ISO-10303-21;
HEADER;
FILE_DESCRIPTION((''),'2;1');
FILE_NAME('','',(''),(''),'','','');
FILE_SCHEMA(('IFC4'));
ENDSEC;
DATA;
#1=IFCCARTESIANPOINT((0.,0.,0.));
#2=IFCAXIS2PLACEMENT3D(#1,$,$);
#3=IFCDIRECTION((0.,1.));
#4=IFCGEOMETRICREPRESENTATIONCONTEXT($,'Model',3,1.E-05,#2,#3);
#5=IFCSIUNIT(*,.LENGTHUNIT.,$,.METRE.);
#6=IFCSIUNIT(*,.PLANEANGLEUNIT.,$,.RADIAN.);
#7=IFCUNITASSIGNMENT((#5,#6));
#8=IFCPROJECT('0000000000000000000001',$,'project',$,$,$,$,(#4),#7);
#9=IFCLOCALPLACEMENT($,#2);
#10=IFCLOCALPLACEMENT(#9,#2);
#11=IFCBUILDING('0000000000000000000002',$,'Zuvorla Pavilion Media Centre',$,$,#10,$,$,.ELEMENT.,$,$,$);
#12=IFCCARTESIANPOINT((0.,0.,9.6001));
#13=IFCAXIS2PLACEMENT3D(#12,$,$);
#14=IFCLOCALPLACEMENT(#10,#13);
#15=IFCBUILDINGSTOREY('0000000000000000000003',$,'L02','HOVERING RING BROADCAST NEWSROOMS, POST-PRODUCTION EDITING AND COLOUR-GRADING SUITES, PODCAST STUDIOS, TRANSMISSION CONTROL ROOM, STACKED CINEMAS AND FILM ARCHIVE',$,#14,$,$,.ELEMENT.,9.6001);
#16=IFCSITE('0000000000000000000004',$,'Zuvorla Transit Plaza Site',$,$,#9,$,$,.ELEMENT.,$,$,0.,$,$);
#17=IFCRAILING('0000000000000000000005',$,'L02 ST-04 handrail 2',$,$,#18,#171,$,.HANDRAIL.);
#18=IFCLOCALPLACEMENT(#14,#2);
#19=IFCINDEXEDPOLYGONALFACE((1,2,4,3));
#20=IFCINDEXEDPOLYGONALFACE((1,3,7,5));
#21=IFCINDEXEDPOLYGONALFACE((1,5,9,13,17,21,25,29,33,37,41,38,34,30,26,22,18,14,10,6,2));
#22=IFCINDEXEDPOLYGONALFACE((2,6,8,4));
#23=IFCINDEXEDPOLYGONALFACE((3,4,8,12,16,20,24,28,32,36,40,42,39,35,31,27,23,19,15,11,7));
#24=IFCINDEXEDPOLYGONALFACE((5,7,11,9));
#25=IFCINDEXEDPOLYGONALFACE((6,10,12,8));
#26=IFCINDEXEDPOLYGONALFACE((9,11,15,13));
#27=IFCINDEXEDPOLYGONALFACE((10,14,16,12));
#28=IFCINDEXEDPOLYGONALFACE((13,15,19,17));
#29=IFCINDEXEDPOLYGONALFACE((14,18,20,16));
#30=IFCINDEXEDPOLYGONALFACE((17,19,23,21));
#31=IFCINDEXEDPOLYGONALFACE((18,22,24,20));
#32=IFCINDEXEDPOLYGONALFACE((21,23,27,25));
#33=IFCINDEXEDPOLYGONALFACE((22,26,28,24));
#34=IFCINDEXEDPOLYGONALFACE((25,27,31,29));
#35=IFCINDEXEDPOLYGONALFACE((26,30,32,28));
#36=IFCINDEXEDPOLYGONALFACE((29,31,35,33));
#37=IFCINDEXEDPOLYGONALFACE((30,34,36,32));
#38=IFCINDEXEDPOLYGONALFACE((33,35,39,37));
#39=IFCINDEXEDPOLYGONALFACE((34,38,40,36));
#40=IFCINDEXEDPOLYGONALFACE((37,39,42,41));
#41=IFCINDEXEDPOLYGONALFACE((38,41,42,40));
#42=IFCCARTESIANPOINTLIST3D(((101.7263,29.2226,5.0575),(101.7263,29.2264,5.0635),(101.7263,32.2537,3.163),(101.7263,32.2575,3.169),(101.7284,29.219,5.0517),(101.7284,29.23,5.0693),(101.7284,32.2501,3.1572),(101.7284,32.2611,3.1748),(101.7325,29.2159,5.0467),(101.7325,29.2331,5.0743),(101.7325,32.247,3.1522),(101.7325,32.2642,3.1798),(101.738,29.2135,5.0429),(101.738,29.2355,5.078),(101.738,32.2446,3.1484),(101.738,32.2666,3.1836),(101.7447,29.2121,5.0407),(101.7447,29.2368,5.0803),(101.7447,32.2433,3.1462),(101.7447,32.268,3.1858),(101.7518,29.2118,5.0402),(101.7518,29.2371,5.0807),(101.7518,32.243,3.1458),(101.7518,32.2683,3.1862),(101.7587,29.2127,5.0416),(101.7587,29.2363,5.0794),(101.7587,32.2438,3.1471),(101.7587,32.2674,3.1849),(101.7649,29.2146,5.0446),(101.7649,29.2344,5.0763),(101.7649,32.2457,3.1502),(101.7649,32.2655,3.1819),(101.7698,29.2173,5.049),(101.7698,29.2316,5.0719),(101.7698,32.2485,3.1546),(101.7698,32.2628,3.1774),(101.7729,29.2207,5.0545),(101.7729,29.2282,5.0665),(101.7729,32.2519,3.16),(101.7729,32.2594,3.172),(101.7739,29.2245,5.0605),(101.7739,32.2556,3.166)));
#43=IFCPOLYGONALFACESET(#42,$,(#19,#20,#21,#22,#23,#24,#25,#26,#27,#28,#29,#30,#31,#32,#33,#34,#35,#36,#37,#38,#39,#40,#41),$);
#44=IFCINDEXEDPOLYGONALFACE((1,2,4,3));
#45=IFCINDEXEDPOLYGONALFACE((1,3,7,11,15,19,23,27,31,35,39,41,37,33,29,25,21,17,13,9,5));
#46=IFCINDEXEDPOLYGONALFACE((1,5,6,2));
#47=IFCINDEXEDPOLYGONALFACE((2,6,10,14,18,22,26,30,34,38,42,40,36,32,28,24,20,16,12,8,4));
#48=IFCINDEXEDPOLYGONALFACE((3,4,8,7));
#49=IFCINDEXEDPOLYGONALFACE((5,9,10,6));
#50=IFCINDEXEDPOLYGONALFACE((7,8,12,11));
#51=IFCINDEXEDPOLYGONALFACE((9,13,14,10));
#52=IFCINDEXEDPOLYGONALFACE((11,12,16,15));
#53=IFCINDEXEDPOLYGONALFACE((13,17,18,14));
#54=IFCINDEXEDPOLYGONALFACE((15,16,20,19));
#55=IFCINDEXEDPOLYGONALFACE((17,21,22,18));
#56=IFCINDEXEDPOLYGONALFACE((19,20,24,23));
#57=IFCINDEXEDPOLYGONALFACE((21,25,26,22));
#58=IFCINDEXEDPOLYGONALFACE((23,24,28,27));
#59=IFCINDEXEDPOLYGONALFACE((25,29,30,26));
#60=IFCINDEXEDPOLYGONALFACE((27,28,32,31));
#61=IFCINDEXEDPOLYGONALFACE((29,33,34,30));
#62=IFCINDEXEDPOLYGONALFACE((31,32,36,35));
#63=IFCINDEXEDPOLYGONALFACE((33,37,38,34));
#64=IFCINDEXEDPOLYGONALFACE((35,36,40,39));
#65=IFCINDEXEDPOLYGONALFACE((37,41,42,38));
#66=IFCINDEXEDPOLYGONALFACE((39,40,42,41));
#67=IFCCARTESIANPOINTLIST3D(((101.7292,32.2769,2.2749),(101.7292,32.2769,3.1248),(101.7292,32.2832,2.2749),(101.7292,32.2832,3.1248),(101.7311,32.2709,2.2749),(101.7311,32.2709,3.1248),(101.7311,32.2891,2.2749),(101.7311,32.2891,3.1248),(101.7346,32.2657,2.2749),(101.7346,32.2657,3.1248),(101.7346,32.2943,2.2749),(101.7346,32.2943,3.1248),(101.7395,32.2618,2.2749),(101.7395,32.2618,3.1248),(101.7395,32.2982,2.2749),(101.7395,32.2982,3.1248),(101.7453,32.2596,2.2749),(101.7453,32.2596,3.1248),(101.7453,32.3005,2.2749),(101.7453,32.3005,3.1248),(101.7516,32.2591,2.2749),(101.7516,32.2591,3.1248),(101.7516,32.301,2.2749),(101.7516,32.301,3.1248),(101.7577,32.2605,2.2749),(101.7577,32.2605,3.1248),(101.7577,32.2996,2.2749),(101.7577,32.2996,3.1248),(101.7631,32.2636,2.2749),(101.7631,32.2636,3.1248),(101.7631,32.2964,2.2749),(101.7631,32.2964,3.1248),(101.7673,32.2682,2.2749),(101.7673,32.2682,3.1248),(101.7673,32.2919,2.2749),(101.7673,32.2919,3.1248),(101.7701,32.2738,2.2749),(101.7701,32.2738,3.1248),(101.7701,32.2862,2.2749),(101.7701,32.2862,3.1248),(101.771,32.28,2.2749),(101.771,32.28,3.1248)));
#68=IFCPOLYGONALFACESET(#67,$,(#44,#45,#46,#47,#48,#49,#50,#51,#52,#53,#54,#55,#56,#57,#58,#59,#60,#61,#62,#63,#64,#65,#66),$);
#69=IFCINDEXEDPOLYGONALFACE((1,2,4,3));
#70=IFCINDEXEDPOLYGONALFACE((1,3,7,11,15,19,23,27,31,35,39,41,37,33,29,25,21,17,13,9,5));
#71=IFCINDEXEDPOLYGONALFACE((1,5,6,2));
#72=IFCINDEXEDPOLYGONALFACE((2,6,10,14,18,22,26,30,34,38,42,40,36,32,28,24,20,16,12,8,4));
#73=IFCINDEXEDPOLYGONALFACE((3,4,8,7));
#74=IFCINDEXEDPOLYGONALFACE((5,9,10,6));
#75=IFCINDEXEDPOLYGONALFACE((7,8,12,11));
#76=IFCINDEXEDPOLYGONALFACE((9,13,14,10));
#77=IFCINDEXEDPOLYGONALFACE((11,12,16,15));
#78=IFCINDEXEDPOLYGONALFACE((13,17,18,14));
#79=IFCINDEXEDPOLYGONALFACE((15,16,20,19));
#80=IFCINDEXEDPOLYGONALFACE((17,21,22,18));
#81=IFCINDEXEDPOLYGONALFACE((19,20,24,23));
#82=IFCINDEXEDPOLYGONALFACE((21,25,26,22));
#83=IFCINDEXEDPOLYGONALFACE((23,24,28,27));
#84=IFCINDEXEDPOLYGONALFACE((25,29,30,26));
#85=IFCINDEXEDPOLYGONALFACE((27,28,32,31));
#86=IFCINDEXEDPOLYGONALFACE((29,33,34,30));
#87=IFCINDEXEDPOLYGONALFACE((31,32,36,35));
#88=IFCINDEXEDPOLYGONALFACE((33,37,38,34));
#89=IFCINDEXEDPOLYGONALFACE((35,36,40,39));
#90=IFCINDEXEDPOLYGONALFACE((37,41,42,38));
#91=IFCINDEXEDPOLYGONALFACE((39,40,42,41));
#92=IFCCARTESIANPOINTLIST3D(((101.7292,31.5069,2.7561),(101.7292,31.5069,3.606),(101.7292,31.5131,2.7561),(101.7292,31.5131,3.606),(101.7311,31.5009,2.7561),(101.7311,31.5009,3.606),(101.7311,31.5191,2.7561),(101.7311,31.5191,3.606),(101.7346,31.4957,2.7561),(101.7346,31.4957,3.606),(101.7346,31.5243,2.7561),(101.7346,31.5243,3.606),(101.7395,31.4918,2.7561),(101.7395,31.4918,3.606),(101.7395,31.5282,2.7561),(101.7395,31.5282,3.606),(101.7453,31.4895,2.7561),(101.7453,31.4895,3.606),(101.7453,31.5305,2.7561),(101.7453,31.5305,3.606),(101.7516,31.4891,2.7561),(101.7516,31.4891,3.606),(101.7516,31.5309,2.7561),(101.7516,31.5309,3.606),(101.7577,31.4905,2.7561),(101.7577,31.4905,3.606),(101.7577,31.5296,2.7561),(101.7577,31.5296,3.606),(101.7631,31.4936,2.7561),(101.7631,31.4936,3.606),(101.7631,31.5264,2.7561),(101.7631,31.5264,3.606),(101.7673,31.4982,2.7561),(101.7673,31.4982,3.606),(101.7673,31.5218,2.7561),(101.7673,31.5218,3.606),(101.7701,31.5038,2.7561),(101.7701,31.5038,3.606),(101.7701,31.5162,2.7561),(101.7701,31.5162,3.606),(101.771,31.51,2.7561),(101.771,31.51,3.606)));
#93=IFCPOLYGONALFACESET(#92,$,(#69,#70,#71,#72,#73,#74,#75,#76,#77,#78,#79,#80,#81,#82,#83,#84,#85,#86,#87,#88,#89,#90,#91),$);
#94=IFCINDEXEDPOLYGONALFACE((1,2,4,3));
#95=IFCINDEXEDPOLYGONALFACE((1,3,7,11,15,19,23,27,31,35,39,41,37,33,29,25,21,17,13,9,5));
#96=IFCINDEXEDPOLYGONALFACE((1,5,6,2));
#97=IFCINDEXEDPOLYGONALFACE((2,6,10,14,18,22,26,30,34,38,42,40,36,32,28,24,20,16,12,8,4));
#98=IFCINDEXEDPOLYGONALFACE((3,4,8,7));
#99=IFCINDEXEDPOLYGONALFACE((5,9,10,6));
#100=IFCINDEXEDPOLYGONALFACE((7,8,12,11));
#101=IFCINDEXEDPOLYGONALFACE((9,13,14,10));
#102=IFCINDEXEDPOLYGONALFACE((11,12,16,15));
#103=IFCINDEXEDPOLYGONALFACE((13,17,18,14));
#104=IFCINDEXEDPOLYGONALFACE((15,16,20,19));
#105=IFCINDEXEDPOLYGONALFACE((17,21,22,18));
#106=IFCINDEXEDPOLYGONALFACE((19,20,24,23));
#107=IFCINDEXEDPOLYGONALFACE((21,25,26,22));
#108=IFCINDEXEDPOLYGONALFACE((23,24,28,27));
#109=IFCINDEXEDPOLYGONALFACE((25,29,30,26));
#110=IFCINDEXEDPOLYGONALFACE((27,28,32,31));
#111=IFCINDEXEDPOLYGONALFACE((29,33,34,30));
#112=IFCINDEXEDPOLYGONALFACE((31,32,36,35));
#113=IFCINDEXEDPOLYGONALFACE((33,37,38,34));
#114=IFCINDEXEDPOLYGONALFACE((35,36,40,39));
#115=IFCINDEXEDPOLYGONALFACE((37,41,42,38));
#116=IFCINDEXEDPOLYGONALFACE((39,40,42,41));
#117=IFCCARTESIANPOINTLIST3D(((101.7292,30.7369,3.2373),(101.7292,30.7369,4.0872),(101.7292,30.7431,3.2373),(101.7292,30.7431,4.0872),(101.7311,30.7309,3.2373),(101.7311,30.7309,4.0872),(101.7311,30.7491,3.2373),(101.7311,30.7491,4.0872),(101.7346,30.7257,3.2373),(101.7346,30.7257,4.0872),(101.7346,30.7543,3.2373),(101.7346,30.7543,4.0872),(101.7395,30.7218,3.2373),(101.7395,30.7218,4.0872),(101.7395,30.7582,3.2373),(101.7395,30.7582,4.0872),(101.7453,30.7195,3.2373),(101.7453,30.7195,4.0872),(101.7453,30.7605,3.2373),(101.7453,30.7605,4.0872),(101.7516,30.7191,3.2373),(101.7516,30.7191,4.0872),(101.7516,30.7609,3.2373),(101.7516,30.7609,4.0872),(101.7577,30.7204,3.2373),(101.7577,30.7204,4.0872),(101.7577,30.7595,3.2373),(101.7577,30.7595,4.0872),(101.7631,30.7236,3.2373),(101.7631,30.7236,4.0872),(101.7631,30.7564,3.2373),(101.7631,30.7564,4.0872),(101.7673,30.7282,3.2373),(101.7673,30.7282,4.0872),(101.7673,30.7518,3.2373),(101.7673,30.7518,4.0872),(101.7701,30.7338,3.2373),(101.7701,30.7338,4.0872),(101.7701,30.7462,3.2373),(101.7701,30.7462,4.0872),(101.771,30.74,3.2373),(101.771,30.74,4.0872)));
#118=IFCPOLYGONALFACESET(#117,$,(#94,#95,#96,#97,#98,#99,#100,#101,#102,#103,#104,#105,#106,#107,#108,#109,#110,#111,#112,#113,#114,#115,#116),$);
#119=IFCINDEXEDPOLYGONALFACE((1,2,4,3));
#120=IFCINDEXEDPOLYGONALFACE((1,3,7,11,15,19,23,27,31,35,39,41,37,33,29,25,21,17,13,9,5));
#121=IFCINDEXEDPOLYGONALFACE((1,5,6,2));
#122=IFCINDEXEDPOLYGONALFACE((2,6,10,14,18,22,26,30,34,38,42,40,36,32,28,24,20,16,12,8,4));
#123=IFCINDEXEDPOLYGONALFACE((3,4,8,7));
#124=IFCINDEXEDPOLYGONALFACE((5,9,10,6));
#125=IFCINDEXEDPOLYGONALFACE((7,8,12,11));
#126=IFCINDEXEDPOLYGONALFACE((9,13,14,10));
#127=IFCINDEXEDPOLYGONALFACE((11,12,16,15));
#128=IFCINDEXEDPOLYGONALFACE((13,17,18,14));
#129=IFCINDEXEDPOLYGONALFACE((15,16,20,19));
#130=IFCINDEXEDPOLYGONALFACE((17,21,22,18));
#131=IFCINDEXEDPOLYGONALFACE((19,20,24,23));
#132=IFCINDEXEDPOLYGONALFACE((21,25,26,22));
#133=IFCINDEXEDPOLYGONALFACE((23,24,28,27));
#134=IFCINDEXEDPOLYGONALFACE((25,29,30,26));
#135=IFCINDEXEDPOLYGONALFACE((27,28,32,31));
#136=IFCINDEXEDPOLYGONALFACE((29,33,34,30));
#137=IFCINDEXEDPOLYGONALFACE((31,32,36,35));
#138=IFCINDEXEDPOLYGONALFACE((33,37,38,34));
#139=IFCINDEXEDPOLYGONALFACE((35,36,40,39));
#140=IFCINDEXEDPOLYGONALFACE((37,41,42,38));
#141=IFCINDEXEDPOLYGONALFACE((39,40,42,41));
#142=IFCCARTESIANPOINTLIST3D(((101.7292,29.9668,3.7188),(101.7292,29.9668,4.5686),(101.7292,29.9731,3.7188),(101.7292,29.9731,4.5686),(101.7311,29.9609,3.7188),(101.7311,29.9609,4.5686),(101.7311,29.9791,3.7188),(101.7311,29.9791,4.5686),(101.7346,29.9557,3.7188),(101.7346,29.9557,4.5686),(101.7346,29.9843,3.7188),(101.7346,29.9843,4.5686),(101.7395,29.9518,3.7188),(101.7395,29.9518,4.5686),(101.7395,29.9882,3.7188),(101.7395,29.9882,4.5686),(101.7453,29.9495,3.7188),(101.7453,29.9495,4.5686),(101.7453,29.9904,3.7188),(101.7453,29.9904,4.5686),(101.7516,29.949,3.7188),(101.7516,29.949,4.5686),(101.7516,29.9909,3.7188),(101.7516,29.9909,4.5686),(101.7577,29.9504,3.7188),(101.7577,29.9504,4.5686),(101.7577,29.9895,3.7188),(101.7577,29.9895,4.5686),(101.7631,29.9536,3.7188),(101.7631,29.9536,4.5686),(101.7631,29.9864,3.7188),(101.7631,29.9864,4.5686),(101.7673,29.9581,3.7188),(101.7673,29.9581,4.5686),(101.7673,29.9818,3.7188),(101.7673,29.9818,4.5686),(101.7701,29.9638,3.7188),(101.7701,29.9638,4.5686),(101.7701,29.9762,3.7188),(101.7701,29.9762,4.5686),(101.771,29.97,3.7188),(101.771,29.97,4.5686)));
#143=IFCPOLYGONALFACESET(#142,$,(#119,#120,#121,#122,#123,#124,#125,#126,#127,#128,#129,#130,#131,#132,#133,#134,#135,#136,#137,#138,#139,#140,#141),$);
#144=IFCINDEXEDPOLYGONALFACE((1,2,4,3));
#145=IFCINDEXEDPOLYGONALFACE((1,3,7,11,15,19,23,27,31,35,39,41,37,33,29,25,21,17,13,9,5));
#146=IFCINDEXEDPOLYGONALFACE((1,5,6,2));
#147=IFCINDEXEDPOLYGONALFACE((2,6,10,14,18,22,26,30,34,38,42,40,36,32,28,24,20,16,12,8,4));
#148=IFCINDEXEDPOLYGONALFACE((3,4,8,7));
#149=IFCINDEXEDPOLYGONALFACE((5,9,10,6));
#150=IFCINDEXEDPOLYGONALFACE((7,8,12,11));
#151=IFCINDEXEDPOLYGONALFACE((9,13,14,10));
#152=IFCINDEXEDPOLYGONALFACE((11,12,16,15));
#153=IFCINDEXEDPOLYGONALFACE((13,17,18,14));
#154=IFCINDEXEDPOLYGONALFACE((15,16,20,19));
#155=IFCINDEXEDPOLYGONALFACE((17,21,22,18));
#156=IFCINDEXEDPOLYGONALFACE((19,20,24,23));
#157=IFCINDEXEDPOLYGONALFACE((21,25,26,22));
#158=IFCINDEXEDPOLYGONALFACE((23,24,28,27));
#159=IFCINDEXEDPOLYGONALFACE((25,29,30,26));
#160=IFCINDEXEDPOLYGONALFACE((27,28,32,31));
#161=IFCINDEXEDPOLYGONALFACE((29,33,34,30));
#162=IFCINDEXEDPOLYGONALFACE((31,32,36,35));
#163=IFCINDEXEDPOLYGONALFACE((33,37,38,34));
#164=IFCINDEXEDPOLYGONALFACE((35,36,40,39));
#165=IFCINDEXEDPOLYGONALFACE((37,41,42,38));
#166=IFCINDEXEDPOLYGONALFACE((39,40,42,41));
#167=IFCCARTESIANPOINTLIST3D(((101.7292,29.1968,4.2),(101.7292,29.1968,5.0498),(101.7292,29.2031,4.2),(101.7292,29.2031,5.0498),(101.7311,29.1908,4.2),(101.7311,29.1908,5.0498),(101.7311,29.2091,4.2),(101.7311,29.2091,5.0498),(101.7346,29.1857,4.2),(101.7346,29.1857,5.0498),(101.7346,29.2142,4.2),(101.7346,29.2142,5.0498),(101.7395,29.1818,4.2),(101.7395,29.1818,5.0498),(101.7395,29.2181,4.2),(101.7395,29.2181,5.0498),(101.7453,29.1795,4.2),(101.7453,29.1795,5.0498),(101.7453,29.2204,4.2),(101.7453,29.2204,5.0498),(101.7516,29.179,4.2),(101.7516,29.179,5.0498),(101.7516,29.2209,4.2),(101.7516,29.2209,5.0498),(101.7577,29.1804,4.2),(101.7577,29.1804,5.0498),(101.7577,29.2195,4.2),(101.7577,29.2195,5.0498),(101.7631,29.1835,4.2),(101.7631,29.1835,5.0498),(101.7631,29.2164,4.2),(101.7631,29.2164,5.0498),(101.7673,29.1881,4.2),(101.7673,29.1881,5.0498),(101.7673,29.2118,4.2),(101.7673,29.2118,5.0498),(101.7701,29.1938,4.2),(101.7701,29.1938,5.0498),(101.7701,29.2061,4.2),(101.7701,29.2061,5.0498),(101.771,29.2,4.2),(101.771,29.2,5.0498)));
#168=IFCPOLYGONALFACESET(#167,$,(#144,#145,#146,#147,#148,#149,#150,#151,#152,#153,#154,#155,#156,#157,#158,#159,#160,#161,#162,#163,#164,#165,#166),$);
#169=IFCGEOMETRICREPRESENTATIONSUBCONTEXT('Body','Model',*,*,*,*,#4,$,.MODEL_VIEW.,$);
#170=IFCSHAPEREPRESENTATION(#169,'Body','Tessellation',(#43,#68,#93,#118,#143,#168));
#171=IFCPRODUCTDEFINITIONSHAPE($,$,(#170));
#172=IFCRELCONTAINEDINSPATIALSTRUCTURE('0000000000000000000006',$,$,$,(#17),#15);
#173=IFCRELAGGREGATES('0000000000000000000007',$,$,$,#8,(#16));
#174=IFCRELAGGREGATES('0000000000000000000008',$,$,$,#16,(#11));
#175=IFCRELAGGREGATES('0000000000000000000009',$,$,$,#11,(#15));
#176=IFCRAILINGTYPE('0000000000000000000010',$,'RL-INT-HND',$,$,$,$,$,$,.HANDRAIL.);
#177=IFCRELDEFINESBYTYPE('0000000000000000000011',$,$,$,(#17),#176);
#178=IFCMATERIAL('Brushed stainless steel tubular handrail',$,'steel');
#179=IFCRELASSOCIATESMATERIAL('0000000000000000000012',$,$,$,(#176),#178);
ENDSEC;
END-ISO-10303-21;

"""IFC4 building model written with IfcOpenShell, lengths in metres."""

from ifc_helpers import new_model, si_unit, direction, frame, origin, origin_2d, place, context, subcontext, project, spatial, circle, extrude, material, type_object, element, save


model = new_model("IFC4")

# Units and contexts
model_context = context("Model", 3, precision=1e-05, world=origin(), true_north=direction((0.0, 1.0)))
body_context = subcontext(model_context, "Body", "Model", "MODEL_VIEW")
ifc_project = project(units=[si_unit("LENGTHUNIT", "METRE"), si_unit("PLANEANGLEUNIT", "RADIAN")], contexts=[model_context])

# Site, building, storey
site_placement = place(None, origin())
site = spatial("IfcSite", under=ifc_project, at=site_placement, Name="Zuvorla Transit Plaza Site", CompositionType="ELEMENT", RefElevation=0.0)
building_placement = place(site_placement, origin())
building = spatial("IfcBuilding", under=site, at=building_placement, Name="Zuvorla Pavilion Media Centre", CompositionType="ELEMENT")
storey_placement = place(building_placement, frame((0.0, 0.0, 9.6001)))
storey = spatial("IfcBuildingStorey", under=building, at=storey_placement, Name="L02", Description="HOVERING RING BROADCAST NEWSROOMS, POST-PRODUCTION EDITING AND COLOUR-GRADING SUITES, PODCAST STUDIOS, TRANSMISSION CONTROL ROOM, STACKED CINEMAS AND FILM ARCHIVE", CompositionType="ELEMENT", Elevation=9.6001)

# Railing
ifc_material_1 = material(Name="Brushed stainless steel tubular handrail", Category="steel")
railing_type_1 = type_object("IfcRailingType", Name="RL-INT-HND", PredefinedType="HANDRAIL", material=ifc_material_1)
railing_1_placement = place(storey_placement, frame((101.75, 32.28, 2.2749)))
element("IfcRailing", 1, at=railing_1_placement, inside=storey, type_object=railing_type_1, Name="L02 ST-04 handrail 2", PredefinedType="HANDRAIL", context=body_context, shape_type="SweptSolid", body=[
    extrude(circle(Radius=0.0239, at=origin_2d()), frame((0.0, -0.0244, 0.8911), z_axis=(0.0, -0.847998, 0.529999), x_axis=(1.0, 0.0, 0.0)), (0.0, 0.0, 1.0), 3.5745),
    extrude(circle(Radius=0.021, at=origin_2d()), origin(), (0.0, 0.0, 1.0), 0.8499),
    extrude(circle(Radius=0.021, at=origin_2d()), frame((0.0, -0.77, 0.4812)), (0.0, 0.0, 1.0), 0.8499),
    extrude(circle(Radius=0.021, at=origin_2d()), frame((0.0, -1.54, 0.9624)), (0.0, 0.0, 1.0), 0.8499),
    extrude(circle(Radius=0.021, at=origin_2d()), frame((0.0, -2.3101, 1.4438)), (0.0, 0.0, 1.0), 0.8499),
    extrude(circle(Radius=0.021, at=origin_2d()), frame((0.0, -3.0801, 1.925)), (0.0, 0.0, 1.0), 0.8499),
])

save(model, "model.ifc")
